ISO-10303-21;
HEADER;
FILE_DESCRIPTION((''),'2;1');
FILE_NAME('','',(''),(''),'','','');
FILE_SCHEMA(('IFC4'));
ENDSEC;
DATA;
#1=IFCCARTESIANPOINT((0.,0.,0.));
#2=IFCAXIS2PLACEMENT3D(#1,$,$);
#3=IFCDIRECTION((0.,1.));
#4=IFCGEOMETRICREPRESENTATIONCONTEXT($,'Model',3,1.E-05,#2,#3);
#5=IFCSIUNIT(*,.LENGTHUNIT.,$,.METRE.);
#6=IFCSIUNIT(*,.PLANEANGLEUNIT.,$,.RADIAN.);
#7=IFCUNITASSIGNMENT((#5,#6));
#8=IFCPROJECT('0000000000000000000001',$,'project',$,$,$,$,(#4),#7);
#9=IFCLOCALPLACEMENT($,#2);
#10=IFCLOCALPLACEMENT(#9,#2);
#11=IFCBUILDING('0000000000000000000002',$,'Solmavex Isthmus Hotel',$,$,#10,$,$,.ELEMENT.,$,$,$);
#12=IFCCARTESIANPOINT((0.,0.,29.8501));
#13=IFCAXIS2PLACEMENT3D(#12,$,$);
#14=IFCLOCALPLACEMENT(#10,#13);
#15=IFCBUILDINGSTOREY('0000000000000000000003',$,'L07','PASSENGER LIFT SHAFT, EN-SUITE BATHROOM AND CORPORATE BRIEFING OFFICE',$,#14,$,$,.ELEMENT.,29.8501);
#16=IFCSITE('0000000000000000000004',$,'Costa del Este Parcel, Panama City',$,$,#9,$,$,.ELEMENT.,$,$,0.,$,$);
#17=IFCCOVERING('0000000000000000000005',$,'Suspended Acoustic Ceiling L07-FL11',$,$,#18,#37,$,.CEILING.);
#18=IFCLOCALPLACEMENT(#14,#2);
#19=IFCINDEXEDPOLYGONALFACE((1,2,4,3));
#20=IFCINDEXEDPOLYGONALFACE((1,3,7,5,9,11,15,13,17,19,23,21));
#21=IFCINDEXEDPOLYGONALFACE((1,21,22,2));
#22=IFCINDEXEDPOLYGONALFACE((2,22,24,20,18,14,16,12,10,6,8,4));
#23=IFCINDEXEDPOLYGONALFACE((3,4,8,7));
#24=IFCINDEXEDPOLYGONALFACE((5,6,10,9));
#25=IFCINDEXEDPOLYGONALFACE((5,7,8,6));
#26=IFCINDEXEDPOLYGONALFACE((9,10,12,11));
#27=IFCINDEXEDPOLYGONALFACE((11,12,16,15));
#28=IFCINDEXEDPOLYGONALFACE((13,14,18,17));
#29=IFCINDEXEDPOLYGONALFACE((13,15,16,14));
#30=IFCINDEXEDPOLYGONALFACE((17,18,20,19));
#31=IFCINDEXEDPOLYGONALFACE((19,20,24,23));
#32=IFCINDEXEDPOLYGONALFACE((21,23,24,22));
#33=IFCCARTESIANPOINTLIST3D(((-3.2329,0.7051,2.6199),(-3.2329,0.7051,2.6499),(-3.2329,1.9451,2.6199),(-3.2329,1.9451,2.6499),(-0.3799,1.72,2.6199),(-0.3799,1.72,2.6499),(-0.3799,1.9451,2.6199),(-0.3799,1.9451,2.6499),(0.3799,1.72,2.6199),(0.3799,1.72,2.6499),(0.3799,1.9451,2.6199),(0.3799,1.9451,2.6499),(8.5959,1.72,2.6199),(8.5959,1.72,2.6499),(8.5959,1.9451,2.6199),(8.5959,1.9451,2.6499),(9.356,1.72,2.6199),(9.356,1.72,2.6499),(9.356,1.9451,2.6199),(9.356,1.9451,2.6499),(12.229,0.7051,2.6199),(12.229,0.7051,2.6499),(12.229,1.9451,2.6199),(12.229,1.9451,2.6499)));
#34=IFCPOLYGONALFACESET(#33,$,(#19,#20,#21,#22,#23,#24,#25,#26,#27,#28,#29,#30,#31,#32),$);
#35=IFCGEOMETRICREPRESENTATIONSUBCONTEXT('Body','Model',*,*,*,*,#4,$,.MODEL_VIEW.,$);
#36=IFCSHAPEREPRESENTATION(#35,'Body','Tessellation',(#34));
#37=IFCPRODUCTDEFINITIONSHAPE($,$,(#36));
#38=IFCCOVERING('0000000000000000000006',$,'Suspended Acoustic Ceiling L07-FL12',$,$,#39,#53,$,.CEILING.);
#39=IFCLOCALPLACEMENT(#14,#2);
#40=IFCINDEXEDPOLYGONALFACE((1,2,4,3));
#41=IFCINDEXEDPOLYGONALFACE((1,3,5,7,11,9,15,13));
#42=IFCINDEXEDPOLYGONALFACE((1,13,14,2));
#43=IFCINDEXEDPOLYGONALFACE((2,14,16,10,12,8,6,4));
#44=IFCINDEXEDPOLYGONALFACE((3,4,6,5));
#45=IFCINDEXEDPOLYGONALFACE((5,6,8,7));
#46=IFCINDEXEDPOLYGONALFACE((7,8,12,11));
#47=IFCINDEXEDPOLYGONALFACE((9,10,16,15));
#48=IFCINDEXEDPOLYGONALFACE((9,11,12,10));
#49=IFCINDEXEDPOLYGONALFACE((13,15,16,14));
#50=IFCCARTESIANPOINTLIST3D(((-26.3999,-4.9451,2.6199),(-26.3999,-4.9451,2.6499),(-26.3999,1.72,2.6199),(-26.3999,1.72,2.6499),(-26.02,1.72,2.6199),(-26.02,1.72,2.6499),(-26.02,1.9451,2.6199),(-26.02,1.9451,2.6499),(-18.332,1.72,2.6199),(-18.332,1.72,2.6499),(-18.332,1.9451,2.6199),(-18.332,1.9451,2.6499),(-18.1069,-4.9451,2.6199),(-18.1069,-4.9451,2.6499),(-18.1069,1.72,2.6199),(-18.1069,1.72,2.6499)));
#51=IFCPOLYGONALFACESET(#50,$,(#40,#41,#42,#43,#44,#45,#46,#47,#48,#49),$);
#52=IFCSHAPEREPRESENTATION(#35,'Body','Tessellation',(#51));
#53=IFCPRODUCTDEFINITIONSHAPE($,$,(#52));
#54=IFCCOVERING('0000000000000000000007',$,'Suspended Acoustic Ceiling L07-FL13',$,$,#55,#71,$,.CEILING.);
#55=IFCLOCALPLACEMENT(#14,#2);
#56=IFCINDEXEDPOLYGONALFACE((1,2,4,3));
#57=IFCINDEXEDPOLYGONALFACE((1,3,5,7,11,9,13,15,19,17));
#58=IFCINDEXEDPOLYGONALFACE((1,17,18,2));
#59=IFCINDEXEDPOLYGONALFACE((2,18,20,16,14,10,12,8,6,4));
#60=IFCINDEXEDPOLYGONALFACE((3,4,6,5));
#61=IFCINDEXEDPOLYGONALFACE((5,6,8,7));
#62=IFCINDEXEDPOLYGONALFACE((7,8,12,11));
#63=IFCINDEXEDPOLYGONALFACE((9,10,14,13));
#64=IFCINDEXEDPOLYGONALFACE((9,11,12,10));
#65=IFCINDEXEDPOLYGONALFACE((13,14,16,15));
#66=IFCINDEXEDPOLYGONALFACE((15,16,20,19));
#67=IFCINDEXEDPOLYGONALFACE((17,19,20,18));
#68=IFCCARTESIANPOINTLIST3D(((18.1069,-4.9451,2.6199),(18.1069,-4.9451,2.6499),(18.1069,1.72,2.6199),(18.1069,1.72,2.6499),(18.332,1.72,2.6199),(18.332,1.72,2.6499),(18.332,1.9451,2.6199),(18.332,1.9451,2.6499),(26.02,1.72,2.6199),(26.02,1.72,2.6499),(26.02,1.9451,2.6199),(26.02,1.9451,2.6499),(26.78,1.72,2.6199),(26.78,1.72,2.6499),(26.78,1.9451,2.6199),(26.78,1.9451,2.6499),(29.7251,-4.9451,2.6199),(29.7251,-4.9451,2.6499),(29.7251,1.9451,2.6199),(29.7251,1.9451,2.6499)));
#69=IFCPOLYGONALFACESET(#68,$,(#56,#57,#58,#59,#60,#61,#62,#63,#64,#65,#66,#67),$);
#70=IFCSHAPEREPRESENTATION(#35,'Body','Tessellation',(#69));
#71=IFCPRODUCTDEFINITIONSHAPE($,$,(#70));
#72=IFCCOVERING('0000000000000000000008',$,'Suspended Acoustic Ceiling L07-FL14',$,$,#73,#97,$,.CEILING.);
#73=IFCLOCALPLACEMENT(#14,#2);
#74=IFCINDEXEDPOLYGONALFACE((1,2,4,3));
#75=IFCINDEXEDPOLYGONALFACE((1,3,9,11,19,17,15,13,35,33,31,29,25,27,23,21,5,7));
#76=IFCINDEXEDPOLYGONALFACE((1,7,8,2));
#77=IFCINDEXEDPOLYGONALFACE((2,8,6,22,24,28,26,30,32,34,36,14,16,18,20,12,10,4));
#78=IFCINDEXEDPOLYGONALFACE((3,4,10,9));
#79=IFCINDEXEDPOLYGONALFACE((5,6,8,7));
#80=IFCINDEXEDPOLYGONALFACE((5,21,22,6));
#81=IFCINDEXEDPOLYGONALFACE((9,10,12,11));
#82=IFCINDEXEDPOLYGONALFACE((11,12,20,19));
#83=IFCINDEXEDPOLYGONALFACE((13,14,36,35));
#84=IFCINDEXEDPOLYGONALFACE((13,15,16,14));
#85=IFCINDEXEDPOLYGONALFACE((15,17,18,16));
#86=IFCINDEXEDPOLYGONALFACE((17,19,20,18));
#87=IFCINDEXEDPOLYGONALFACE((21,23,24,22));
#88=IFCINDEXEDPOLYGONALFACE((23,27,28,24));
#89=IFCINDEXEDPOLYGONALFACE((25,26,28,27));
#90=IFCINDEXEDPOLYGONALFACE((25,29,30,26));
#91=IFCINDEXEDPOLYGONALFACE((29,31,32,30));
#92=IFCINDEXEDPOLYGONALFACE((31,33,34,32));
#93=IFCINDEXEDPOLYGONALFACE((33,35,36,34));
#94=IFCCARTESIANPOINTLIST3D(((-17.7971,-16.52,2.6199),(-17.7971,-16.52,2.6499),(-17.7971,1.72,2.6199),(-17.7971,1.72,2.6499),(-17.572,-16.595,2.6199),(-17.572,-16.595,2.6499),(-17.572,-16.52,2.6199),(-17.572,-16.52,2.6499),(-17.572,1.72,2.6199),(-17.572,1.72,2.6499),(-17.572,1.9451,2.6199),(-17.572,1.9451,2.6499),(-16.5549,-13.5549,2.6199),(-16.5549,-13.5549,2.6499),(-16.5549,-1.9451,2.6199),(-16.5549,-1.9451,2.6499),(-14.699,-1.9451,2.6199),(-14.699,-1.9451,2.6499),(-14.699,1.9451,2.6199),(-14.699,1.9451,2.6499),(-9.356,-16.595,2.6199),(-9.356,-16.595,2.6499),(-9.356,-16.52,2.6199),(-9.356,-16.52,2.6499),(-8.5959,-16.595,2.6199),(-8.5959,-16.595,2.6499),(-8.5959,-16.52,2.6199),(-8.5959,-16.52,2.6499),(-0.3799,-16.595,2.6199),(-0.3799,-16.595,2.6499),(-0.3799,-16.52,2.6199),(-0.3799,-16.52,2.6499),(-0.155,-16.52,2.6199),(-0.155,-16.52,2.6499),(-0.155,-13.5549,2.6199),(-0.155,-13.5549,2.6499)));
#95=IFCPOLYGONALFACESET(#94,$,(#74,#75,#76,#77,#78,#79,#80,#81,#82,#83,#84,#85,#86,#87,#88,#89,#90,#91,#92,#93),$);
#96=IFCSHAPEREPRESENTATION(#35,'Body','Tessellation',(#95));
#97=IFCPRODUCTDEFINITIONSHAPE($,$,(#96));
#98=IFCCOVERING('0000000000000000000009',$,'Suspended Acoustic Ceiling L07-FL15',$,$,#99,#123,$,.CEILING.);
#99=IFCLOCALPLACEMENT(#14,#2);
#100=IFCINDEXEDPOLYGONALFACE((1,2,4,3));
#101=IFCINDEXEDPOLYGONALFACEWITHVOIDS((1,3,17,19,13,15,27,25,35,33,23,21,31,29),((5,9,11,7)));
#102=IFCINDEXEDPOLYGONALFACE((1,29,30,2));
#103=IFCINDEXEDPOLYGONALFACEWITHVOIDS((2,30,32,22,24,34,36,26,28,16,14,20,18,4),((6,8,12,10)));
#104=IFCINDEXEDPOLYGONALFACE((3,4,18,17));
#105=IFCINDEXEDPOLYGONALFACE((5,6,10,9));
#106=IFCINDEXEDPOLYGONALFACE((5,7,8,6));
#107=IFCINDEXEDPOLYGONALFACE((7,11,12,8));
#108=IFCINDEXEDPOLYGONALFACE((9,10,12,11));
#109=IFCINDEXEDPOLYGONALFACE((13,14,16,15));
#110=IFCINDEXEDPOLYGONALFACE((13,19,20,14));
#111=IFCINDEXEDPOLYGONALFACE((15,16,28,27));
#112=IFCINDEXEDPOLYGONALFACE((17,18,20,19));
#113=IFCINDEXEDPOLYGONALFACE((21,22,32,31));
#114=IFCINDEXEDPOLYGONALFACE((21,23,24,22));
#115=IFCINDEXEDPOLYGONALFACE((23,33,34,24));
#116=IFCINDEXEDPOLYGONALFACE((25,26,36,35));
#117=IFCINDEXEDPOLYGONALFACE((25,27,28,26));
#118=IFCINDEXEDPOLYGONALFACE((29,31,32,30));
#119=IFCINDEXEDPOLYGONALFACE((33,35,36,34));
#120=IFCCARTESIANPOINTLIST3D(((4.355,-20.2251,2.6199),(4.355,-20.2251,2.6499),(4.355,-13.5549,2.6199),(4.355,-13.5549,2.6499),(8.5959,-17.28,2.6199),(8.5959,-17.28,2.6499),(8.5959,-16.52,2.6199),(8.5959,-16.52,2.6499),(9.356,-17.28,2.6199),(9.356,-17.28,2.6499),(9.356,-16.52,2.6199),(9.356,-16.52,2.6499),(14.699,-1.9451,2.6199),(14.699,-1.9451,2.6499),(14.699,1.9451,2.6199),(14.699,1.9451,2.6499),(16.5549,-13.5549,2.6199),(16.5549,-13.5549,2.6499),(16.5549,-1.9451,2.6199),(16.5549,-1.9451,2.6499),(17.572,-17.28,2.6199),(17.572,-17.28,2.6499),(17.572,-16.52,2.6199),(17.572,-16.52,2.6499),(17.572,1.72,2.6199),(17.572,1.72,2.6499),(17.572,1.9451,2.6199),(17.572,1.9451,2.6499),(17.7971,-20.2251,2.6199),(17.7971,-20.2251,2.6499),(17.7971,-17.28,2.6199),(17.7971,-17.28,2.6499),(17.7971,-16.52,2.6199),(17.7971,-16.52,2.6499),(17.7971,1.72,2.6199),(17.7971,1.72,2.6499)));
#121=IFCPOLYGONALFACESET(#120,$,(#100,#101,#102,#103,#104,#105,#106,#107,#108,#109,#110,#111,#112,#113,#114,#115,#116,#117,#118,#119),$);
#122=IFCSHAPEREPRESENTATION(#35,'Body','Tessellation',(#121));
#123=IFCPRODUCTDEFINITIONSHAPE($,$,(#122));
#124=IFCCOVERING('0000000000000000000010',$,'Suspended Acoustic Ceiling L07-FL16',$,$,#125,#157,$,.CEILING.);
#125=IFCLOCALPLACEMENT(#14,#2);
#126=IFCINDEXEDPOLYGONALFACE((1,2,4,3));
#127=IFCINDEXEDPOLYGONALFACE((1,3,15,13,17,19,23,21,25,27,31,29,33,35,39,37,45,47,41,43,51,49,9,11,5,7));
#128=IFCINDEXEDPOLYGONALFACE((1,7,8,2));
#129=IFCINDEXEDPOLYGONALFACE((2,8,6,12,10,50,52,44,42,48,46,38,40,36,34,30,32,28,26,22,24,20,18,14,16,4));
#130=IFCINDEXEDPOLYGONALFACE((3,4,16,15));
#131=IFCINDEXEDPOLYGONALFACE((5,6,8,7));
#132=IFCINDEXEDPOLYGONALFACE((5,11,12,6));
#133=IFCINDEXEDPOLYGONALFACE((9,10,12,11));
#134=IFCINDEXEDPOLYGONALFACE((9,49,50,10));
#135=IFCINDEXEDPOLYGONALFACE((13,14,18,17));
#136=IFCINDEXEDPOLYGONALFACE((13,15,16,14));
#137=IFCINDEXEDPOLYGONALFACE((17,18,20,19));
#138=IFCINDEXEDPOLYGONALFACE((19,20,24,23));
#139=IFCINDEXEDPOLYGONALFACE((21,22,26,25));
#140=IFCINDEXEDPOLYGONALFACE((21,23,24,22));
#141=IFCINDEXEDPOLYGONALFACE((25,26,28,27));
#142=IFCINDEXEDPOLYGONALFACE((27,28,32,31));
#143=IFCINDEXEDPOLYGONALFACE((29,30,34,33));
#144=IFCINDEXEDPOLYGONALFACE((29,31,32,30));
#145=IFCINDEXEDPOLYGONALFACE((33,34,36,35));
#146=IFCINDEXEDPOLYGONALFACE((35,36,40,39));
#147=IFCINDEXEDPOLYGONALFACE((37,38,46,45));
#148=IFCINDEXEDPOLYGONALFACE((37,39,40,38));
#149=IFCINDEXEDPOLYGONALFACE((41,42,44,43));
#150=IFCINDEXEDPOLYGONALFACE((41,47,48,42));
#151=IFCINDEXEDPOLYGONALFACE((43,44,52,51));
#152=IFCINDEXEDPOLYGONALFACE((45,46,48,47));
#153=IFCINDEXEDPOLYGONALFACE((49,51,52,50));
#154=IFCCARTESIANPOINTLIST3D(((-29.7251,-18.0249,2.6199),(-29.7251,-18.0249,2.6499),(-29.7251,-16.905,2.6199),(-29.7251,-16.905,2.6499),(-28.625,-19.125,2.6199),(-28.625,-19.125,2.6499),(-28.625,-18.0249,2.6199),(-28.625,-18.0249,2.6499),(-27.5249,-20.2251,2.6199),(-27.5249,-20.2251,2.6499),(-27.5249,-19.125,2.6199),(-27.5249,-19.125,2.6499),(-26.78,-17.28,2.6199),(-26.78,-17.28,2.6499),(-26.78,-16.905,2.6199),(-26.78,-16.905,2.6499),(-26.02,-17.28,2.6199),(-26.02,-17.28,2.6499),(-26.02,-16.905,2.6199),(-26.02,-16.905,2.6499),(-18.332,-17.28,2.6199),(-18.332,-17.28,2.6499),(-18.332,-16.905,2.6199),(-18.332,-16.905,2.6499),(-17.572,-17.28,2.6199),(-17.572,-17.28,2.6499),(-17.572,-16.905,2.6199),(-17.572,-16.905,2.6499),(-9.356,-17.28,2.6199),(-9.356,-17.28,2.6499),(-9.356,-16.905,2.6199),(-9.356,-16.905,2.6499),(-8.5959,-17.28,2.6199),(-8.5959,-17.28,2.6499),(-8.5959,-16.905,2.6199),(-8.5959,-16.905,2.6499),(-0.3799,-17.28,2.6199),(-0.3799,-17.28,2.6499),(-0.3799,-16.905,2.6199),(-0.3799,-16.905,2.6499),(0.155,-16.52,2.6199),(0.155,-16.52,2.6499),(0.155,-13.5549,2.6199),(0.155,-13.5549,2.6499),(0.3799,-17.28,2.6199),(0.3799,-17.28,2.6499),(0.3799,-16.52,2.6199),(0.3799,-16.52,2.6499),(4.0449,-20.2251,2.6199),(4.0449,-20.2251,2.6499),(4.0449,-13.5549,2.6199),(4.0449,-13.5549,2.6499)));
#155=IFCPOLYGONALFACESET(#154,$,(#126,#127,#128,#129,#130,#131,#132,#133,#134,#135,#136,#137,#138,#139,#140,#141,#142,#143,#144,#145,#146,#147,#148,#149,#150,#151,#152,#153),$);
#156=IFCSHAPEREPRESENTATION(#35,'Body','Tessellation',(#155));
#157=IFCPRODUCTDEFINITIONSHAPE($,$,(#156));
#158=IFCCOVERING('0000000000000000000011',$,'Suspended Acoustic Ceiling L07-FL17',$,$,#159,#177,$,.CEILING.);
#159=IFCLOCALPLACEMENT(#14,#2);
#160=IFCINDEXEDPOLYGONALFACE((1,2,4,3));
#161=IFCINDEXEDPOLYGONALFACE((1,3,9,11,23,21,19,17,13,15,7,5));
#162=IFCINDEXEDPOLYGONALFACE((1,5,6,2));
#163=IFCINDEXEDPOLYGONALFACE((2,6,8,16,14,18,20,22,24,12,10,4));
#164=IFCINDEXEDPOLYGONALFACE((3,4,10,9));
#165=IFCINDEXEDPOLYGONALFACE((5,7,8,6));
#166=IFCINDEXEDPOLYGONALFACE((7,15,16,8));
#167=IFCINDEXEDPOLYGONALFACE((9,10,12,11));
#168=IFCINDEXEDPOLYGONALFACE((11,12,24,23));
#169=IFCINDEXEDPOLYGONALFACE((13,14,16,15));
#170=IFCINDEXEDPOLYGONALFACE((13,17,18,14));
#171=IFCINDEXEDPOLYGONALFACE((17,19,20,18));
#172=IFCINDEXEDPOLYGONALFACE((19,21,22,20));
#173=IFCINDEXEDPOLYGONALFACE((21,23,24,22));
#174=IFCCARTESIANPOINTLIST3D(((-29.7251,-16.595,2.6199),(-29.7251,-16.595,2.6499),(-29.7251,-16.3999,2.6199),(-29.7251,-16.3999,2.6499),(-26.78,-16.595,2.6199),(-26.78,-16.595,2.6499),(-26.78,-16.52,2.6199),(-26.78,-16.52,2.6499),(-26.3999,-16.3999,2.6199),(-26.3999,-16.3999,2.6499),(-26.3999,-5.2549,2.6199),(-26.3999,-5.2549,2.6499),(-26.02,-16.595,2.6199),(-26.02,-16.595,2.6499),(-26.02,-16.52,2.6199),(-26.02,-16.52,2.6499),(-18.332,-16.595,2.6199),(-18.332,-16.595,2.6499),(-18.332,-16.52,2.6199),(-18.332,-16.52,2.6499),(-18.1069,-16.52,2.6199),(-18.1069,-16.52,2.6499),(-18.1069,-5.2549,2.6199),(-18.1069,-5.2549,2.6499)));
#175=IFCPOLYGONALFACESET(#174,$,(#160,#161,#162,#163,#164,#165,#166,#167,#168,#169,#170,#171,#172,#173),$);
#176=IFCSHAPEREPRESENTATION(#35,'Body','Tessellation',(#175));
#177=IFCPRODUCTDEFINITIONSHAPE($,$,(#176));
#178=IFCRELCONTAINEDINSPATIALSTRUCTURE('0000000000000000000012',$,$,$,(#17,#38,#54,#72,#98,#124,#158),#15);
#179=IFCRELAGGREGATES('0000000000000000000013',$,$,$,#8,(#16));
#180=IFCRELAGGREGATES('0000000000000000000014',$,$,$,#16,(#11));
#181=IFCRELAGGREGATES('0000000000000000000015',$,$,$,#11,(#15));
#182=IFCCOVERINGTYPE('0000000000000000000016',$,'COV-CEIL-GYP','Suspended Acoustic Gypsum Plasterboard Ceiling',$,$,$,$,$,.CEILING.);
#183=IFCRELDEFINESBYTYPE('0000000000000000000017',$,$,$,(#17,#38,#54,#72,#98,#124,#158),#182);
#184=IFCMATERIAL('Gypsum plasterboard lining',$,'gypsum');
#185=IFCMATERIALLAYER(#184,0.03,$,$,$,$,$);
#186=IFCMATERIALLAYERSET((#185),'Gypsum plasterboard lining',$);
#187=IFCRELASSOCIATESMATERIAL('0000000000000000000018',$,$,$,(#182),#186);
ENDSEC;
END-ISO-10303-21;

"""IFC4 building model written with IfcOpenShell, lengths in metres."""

from ifc_helpers import new_model, si_unit, direction, frame, origin, place, context, subcontext, project, spatial, polyline, outline, extrude, material, layer, layer_set, type_object, element, save


model = new_model("IFC4")

# Units and contexts
model_context = context("Model", 3, precision=1e-05, world=origin(), true_north=direction((0.0, 1.0)))
body_context = subcontext(model_context, "Body", "Model", "MODEL_VIEW")
ifc_project = project(units=[si_unit("LENGTHUNIT", "METRE"), si_unit("PLANEANGLEUNIT", "RADIAN")], contexts=[model_context])

# Site, building, storey
site_placement = place(None, origin())
site = spatial("IfcSite", under=ifc_project, at=site_placement, Name="Costa del Este Parcel, Panama City", CompositionType="ELEMENT", RefElevation=0.0)
building_placement = place(site_placement, origin())
building = spatial("IfcBuilding", under=site, at=building_placement, Name="Solmavex Isthmus Hotel", CompositionType="ELEMENT")
storey_placement = place(building_placement, frame((0.0, 0.0, 29.8501)))
storey = spatial("IfcBuildingStorey", under=building, at=storey_placement, Name="L07", Description="PASSENGER LIFT SHAFT, EN-SUITE BATHROOM AND CORPORATE BRIEFING OFFICE", CompositionType="ELEMENT", Elevation=29.8501)

# Shared definitions
ifc_material_1 = material(Name="Gypsum plasterboard lining", Category="gypsum")

# Coverings
ifc_layer_1 = layer(ifc_material_1, 0.03)
ifc_layer_set_1 = layer_set([ifc_layer_1], Name="Gypsum plasterboard lining")
covering_type_1 = type_object("IfcCoveringType", Name="COV-CEIL-GYP", Description="Suspended Acoustic Gypsum Plasterboard Ceiling", PredefinedType="CEILING", material=ifc_layer_set_1)
covering_1_placement = place(storey_placement, frame((0.0, 0.0, 2.6199)))
element("IfcCovering", 1, at=covering_1_placement, inside=storey, type_object=covering_type_1, Name="Suspended Acoustic Ceiling L07-FL11", PredefinedType="CEILING", context=body_context, shape_type="SweptSolid", body=[
    extrude(outline(polyline([(0.3799, 1.9451), (0.3799, 1.72), (-0.3799, 1.72), (-0.3799, 1.9451), (-3.2329, 1.9451), (-3.2329, 0.7051), (12.229, 0.7051), (12.229, 1.9451), (9.356, 1.9451), (9.356, 1.72), (8.5959, 1.72), (8.5959, 1.9451), (0.3799, 1.9451)])), origin(), (0.0, 0.0, 1.0), 0.03),
])
covering_2_placement = place(storey_placement, frame((0.0, 0.0, 2.6199)))
element("IfcCovering", 2, at=covering_2_placement, inside=storey, type_object=covering_type_1, Name="Suspended Acoustic Ceiling L07-FL12", PredefinedType="CEILING", context=body_context, shape_type="SweptSolid", body=[
    extrude(outline(polyline([(-26.02, 1.9451), (-26.02, 1.72), (-26.3999, 1.72), (-26.3999, -4.9451), (-18.1069, -4.9451), (-18.1069, 1.72), (-18.332, 1.72), (-18.332, 1.9451), (-26.02, 1.9451)])), origin(), (0.0, 0.0, 1.0), 0.03),
])
covering_3_placement = place(storey_placement, frame((0.0, 0.0, 2.6199)))
element("IfcCovering", 3, at=covering_3_placement, inside=storey, type_object=covering_type_1, Name="Suspended Acoustic Ceiling L07-FL13", PredefinedType="CEILING", context=body_context, shape_type="SweptSolid", body=[
    extrude(outline(polyline([(26.78, 1.9451), (26.78, 1.72), (26.02, 1.72), (26.02, 1.9451), (18.332, 1.9451), (18.332, 1.72), (18.1069, 1.72), (18.1069, -4.9451), (29.7251, -4.9451), (29.7251, 1.9451), (26.78, 1.9451)])), origin(), (0.0, 0.0, 1.0), 0.03),
])
covering_4_placement = place(storey_placement, frame((0.0, 0.0, 2.6199)))
element("IfcCovering", 4, at=covering_4_placement, inside=storey, type_object=covering_type_1, Name="Suspended Acoustic Ceiling L07-FL14", PredefinedType="CEILING", context=body_context, shape_type="SweptSolid", body=[
    extrude(outline(polyline([(-17.7971, -16.52), (-17.572, -16.52), (-17.572, -16.595), (-9.356, -16.595), (-9.356, -16.52), (-8.5959, -16.52), (-8.5959, -16.595), (-0.3799, -16.595), (-0.3799, -16.52), (-0.155, -16.52), (-0.155, -13.5549), (-16.5549, -13.5549), (-16.5549, -1.9451), (-14.699, -1.9451), (-14.699, 1.9451), (-17.572, 1.9451), (-17.572, 1.72), (-17.7971, 1.72), (-17.7971, -16.52)])), origin(), (0.0, 0.0, 1.0), 0.03),
])
covering_5_placement = place(storey_placement, frame((0.0, 0.0, 2.6199)))
element("IfcCovering", 5, at=covering_5_placement, inside=storey, type_object=covering_type_1, Name="Suspended Acoustic Ceiling L07-FL15", PredefinedType="CEILING", context=body_context, shape_type="SweptSolid", body=[
    extrude(outline(polyline([(17.7971, 1.72), (17.572, 1.72), (17.572, 1.9451), (14.699, 1.9451), (14.699, -1.9451), (16.5549, -1.9451), (16.5549, -13.5549), (4.355, -13.5549), (4.355, -20.2251), (17.7971, -20.2251), (17.7971, -17.28), (17.572, -17.28), (17.572, -16.52), (17.7971, -16.52), (17.7971, 1.72)]), holes=[polyline([(8.5959, -17.28), (8.5959, -16.52), (9.356, -16.52), (9.356, -17.28), (8.5959, -17.28)])]), origin(), (0.0, 0.0, 1.0), 0.03),
])
covering_6_placement = place(storey_placement, frame((0.0, 0.0, 2.6199)))
element("IfcCovering", 6, at=covering_6_placement, inside=storey, type_object=covering_type_1, Name="Suspended Acoustic Ceiling L07-FL16", PredefinedType="CEILING", context=body_context, shape_type="SweptSolid", body=[
    extrude(outline(polyline([(-26.02, -16.905), (-26.02, -17.28), (-26.78, -17.28), (-26.78, -16.905), (-29.7251, -16.905), (-29.7251, -18.0249), (-28.625, -18.0249), (-28.625, -19.125), (-27.5249, -19.125), (-27.5249, -20.2251), (4.0449, -20.2251), (4.0449, -13.5549), (0.155, -13.5549), (0.155, -16.52), (0.3799, -16.52), (0.3799, -17.28), (-0.3799, -17.28), (-0.3799, -16.905), (-8.5959, -16.905), (-8.5959, -17.28), (-9.356, -17.28), (-9.356, -16.905), (-17.572, -16.905), (-17.572, -17.28), (-18.332, -17.28), (-18.332, -16.905), (-26.02, -16.905)])), origin(), (0.0, 0.0, 1.0), 0.03),
])
covering_7_placement = place(storey_placement, frame((0.0, 0.0, 2.6199)))
element("IfcCovering", 7, at=covering_7_placement, inside=storey, type_object=covering_type_1, Name="Suspended Acoustic Ceiling L07-FL17", PredefinedType="CEILING", context=body_context, shape_type="SweptSolid", body=[
    extrude(outline(polyline([(-26.78, -16.595), (-26.78, -16.52), (-26.02, -16.52), (-26.02, -16.595), (-18.332, -16.595), (-18.332, -16.52), (-18.1069, -16.52), (-18.1069, -5.2549), (-26.3999, -5.2549), (-26.3999, -16.3999), (-29.7251, -16.3999), (-29.7251, -16.595), (-26.78, -16.595)])), origin(), (0.0, 0.0, 1.0), 0.03),
])

save(model, "model.ifc")
